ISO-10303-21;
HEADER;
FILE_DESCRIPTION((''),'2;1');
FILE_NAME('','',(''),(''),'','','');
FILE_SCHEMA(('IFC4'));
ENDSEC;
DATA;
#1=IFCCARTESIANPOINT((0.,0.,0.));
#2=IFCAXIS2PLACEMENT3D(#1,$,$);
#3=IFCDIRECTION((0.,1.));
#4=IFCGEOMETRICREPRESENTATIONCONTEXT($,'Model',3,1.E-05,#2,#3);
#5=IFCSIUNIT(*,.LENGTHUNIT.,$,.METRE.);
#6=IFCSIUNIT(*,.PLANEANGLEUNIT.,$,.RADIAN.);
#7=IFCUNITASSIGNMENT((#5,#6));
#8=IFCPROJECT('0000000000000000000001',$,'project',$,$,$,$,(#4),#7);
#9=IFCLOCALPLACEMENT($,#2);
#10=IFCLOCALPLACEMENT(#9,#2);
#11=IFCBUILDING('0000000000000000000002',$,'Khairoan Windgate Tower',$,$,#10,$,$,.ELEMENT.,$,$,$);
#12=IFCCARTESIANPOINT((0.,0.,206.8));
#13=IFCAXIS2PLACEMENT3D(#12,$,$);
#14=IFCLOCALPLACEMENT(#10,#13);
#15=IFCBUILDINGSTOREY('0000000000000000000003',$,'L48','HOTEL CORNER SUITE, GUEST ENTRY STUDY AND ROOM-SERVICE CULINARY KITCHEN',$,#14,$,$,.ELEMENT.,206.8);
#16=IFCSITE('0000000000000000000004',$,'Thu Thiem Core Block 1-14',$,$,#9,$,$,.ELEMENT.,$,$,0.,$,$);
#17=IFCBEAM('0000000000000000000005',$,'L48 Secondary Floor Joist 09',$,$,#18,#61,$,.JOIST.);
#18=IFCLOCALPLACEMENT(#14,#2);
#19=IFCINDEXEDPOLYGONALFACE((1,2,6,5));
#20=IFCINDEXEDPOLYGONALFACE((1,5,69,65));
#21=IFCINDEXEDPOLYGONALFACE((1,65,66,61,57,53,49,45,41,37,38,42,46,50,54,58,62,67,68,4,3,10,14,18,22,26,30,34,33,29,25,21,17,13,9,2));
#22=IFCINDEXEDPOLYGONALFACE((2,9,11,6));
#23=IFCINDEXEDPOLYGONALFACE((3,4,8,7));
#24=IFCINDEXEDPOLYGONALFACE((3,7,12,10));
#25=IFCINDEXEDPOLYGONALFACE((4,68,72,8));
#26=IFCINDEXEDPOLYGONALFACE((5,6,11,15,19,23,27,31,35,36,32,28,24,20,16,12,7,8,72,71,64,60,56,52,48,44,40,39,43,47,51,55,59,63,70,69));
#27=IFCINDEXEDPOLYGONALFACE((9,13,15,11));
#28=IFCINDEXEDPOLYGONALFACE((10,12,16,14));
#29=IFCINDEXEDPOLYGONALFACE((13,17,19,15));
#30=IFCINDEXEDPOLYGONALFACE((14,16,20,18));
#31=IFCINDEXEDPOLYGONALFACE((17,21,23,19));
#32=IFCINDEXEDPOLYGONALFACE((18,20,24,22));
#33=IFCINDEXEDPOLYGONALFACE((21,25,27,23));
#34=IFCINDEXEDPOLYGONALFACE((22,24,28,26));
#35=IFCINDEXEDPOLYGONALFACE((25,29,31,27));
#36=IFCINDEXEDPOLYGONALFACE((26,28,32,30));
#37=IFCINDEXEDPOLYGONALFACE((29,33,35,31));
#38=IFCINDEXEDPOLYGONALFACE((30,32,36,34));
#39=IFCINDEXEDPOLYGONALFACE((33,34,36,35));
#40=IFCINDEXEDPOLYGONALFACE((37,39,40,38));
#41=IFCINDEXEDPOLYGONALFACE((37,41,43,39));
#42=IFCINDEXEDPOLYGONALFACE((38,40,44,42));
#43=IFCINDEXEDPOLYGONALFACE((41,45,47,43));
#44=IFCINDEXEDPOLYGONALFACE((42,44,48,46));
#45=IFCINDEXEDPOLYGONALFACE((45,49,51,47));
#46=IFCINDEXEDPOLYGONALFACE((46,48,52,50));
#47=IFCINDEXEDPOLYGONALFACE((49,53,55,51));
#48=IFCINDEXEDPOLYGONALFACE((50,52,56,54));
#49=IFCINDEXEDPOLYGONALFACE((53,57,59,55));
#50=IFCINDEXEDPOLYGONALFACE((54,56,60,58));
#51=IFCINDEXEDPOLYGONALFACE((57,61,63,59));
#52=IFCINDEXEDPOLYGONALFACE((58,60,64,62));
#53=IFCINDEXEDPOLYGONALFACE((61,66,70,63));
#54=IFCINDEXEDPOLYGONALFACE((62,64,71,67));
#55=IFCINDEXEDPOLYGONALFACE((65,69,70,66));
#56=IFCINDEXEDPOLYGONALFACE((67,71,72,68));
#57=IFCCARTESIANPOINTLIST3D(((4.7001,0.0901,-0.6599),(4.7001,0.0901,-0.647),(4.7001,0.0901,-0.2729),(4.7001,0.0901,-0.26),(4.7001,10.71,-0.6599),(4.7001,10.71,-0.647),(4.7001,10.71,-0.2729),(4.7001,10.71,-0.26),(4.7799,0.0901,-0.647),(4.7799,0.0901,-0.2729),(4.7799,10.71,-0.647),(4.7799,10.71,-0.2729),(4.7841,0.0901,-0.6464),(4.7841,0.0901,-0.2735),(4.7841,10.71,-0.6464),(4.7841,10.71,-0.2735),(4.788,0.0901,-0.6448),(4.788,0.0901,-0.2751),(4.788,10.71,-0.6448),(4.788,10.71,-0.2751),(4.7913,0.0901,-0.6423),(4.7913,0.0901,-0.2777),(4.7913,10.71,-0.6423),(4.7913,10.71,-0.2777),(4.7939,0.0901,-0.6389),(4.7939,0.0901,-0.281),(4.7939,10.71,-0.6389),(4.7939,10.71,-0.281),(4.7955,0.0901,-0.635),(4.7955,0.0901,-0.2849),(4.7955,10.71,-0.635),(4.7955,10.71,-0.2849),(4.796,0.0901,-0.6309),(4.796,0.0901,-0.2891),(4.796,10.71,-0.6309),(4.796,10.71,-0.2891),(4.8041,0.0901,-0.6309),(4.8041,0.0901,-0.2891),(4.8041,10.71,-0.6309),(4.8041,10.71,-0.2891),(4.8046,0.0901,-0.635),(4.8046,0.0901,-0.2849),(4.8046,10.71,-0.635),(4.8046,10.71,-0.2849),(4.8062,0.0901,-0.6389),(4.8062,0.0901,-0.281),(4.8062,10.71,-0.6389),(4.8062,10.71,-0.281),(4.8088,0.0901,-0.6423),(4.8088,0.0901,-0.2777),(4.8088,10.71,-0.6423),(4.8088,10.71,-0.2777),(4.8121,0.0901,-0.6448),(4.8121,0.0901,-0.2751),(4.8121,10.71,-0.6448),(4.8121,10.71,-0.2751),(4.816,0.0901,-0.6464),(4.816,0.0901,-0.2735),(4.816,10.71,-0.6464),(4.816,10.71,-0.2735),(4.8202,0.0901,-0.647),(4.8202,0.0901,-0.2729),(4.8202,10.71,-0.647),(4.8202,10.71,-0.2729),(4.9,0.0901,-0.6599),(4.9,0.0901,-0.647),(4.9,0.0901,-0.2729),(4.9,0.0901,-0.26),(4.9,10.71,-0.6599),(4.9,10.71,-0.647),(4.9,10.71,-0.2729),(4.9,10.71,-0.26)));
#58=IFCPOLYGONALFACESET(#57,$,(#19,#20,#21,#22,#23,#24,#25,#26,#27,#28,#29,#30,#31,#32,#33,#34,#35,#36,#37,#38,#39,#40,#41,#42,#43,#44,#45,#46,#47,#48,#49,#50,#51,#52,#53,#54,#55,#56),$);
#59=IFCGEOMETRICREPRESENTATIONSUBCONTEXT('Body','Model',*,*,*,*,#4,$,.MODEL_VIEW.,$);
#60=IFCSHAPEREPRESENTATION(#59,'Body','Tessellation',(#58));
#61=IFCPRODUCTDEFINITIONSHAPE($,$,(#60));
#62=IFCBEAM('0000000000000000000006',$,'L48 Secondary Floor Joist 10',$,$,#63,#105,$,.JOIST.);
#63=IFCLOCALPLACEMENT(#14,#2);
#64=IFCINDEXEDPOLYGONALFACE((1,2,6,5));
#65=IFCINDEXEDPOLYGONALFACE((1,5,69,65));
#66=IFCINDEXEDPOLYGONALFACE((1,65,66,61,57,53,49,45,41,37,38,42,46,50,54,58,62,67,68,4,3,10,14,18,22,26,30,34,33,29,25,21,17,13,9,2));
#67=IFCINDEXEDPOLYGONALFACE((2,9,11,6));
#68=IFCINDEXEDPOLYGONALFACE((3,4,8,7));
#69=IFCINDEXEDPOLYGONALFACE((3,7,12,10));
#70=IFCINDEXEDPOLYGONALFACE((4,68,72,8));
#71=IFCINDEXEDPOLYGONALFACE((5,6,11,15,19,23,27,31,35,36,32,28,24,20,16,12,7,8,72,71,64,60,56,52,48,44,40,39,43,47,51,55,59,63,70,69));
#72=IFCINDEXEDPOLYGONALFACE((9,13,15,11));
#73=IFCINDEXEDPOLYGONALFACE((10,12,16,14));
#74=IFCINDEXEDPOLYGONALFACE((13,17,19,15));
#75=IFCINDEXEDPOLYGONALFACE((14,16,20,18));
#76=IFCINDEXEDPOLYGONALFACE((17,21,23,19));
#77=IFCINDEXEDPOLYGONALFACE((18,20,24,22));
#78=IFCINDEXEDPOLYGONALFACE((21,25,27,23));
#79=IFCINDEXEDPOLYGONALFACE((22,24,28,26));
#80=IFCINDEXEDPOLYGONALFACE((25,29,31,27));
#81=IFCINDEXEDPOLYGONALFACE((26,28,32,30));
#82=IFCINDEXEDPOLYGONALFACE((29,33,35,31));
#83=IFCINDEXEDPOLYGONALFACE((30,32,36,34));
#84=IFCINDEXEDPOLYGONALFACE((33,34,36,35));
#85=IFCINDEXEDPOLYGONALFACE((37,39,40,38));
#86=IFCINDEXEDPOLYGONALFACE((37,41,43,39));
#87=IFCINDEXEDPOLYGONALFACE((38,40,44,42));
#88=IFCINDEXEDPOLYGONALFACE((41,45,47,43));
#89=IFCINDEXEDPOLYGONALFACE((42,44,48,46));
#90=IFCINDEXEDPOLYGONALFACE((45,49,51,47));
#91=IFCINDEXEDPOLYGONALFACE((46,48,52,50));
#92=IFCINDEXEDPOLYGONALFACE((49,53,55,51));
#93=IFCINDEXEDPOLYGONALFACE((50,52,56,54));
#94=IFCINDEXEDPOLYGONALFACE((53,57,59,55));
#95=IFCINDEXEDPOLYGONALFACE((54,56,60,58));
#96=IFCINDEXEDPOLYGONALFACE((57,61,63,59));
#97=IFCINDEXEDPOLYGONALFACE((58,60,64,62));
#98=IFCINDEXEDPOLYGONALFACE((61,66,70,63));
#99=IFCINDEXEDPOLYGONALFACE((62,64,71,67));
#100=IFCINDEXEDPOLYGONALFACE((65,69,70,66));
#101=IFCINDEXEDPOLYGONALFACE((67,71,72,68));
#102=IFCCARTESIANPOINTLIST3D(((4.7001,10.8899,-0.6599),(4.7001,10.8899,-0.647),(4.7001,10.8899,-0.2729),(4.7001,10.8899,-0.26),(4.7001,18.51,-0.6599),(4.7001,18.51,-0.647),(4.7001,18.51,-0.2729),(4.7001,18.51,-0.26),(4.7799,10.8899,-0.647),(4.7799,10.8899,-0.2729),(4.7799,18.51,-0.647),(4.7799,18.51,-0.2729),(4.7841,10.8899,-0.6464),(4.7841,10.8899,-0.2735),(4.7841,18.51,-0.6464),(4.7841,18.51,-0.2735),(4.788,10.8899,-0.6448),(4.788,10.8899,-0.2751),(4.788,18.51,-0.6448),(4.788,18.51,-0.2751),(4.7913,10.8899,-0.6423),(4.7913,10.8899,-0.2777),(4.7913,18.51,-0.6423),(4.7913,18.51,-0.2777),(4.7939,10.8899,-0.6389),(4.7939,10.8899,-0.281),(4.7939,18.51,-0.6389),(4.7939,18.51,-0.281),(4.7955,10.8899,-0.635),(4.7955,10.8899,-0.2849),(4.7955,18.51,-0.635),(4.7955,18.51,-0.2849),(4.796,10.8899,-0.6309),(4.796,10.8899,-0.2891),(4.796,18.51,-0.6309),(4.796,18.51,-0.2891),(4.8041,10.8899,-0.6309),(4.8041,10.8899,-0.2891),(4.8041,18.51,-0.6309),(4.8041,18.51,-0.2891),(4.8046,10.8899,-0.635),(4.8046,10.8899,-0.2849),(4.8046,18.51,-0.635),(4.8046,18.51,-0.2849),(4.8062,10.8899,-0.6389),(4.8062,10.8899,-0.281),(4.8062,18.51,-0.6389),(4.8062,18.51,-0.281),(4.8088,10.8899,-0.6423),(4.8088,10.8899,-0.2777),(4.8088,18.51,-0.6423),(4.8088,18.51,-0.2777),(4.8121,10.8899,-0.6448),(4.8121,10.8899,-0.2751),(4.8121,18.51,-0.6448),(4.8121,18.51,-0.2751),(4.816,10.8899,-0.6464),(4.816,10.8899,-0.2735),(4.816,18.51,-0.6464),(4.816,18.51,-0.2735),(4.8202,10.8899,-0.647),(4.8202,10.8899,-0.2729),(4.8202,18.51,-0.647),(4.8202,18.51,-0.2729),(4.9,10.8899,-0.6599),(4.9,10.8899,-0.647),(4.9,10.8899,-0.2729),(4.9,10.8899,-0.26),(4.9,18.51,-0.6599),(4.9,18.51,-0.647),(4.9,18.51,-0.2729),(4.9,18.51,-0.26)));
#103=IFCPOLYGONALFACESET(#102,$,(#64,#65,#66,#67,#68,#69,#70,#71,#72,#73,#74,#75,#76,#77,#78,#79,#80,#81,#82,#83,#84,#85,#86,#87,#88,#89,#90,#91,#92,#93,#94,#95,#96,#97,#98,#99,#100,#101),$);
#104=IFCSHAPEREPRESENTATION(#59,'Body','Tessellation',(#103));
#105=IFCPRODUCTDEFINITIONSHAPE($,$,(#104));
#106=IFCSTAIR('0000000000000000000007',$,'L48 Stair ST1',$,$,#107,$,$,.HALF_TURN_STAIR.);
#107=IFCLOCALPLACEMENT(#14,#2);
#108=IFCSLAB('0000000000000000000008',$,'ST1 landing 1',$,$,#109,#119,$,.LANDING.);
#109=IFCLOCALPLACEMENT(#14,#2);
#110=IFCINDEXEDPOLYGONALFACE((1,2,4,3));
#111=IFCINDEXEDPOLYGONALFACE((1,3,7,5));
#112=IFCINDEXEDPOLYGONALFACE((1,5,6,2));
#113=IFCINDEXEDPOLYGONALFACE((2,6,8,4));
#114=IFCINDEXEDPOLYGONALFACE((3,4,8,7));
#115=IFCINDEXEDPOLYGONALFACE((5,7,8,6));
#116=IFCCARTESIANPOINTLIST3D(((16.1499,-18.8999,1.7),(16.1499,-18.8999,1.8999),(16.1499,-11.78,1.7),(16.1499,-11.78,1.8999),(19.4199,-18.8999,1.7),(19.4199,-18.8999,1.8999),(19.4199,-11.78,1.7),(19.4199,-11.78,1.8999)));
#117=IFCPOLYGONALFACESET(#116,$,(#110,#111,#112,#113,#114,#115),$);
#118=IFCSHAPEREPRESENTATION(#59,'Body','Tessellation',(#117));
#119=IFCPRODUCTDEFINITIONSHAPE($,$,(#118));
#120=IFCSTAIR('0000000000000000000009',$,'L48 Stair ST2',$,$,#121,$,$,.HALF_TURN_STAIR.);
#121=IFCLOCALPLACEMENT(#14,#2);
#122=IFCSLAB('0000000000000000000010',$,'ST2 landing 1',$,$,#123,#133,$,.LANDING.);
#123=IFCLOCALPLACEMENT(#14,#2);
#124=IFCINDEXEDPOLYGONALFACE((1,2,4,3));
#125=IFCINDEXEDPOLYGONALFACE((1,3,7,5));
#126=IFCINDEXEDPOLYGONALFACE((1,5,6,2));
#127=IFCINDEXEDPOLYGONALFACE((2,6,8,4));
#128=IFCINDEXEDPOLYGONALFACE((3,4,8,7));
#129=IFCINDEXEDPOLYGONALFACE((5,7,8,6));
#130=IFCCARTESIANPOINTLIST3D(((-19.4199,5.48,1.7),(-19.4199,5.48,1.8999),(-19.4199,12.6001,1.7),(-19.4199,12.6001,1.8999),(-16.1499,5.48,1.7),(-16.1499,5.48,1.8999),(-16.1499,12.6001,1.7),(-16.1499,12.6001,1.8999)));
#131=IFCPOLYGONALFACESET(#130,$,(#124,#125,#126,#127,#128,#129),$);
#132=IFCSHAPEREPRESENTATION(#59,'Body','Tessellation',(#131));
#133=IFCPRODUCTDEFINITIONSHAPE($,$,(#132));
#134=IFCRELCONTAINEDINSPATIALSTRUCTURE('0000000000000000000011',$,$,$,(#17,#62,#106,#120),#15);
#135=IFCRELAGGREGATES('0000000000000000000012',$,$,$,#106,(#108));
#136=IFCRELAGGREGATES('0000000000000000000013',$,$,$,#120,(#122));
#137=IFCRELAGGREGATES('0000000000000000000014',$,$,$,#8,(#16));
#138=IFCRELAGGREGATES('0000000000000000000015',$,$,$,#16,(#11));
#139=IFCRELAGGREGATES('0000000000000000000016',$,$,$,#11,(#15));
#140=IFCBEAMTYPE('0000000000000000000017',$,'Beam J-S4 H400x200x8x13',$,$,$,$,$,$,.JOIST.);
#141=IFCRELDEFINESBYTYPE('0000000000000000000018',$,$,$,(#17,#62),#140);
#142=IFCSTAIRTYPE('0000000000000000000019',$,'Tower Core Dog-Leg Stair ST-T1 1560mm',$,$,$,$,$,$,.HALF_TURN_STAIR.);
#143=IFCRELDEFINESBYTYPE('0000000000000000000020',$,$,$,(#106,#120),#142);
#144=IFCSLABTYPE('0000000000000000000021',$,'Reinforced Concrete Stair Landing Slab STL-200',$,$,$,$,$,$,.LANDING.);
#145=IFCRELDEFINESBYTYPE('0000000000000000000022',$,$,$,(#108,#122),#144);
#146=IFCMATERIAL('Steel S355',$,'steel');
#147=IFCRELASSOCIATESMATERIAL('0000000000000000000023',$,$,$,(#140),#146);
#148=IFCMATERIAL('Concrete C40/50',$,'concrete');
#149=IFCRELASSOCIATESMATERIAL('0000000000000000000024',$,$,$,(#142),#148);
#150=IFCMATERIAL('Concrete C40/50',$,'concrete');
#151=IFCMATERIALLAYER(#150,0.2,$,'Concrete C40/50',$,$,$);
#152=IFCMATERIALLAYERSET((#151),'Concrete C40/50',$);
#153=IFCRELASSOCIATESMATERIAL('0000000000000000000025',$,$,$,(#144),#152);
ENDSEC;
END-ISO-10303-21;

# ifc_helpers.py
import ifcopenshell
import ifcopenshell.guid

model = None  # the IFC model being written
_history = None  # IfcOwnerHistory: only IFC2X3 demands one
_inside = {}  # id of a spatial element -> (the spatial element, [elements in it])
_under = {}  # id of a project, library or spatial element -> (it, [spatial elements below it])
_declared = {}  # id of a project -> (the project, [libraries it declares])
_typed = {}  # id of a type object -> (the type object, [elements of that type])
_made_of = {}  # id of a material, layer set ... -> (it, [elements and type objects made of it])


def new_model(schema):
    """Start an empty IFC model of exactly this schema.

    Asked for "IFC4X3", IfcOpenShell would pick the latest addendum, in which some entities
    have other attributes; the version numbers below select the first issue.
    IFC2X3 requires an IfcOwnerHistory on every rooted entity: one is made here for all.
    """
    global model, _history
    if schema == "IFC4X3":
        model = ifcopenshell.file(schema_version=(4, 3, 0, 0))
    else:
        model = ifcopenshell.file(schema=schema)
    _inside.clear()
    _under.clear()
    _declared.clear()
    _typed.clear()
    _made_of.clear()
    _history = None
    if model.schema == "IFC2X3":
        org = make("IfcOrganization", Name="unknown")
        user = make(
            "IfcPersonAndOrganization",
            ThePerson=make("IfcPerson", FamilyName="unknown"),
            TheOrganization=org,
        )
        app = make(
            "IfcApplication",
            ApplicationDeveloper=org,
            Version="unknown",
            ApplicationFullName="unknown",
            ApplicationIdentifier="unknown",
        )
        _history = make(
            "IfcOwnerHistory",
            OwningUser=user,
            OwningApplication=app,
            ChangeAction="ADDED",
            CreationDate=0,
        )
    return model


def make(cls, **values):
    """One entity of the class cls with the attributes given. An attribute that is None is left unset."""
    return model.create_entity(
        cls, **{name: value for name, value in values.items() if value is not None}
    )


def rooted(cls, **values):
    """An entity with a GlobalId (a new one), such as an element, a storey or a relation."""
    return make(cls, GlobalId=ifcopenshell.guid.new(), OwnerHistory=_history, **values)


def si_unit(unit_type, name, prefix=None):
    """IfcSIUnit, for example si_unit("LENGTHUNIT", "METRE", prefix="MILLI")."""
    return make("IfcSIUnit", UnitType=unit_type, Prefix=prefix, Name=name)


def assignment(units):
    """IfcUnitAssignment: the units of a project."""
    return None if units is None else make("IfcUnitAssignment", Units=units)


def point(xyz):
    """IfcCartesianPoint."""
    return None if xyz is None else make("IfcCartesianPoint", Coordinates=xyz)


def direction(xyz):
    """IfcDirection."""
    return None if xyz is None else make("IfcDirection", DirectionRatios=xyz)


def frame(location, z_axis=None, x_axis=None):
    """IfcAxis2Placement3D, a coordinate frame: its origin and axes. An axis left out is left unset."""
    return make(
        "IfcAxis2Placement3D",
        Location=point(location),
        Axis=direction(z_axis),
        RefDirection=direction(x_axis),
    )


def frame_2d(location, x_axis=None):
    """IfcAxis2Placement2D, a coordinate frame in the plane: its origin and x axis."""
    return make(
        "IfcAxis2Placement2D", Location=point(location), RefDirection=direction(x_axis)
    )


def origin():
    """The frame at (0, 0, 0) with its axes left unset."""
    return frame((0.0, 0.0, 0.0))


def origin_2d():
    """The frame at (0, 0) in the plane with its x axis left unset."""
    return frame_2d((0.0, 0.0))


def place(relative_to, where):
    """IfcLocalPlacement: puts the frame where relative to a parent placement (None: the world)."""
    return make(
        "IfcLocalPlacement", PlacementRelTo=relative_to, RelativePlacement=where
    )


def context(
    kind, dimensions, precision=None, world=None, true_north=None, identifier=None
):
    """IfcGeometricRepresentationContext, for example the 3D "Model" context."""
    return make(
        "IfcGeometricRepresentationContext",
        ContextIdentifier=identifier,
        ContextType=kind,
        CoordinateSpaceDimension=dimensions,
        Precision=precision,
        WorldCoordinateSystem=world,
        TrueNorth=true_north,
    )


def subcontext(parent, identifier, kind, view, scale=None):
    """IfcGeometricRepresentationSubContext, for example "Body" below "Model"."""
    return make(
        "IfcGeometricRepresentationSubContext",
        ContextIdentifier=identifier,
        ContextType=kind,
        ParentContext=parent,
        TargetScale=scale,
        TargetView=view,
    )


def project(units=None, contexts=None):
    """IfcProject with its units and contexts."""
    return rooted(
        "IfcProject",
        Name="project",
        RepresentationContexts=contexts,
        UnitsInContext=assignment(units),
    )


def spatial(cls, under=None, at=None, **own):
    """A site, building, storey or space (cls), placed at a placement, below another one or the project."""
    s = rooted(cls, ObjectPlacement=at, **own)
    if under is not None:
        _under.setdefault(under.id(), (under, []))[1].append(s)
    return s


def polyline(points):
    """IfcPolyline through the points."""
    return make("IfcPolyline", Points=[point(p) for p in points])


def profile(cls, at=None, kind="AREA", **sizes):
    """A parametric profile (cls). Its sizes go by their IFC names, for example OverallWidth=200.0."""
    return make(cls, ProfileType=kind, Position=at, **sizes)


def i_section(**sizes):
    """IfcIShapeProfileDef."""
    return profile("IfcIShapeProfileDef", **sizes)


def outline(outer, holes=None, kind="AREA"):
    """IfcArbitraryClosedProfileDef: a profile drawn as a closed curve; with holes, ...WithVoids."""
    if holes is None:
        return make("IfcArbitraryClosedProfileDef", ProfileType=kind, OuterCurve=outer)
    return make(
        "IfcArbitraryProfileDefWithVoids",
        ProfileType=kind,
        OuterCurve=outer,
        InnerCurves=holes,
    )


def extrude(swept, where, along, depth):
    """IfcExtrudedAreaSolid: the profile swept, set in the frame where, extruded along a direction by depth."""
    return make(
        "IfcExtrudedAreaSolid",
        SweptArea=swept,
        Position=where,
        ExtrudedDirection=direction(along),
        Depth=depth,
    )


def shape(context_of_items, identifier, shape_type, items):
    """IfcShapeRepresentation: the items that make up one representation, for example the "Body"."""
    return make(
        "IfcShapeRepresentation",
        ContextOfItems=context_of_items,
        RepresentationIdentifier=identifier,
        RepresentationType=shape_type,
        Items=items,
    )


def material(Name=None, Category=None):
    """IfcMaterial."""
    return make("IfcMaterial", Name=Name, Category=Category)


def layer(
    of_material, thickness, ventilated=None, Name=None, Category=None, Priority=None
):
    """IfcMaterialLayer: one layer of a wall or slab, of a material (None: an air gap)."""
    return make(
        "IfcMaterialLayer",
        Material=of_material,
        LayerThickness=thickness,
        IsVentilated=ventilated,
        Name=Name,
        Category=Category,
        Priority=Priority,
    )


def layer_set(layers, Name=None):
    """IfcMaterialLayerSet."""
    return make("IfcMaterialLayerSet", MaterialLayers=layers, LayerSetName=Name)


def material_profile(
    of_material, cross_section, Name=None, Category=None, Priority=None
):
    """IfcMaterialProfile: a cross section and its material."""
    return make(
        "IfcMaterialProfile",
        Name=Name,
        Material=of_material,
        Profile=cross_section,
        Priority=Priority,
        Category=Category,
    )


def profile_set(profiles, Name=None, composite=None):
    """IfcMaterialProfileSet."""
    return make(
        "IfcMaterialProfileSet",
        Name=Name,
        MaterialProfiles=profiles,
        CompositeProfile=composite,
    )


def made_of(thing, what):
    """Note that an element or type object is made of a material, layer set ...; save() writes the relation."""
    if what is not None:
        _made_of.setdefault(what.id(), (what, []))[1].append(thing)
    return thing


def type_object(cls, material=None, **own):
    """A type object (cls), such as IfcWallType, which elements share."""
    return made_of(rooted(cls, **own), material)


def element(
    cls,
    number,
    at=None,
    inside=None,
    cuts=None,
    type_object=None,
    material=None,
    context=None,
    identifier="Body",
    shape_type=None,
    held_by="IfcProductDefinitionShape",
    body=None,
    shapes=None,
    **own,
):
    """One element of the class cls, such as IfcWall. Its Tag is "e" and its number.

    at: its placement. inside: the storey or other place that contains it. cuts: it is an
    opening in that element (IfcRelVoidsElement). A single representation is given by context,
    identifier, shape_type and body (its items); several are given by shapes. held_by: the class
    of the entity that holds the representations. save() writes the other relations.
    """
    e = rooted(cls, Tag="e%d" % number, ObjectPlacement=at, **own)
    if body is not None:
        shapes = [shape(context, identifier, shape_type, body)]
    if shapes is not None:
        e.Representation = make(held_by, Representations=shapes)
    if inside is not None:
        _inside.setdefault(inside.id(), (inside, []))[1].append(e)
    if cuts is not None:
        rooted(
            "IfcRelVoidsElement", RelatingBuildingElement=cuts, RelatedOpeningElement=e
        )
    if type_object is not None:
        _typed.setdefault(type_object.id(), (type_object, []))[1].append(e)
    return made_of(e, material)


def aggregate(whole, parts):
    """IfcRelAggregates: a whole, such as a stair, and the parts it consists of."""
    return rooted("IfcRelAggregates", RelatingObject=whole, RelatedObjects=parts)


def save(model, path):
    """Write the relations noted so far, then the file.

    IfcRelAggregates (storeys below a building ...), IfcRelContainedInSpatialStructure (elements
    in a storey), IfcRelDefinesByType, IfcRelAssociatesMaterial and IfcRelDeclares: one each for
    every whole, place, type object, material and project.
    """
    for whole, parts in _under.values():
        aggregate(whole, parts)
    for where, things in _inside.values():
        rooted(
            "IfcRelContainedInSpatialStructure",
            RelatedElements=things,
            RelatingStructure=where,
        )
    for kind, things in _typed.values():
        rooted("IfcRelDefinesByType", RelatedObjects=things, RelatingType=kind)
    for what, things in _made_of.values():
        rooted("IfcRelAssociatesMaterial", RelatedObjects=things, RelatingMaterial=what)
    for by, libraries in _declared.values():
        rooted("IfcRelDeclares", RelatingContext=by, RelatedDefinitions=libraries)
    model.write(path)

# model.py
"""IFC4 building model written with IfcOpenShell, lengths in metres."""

from ifc_helpers import new_model, si_unit, direction, frame, origin, origin_2d, place, context, subcontext, project, spatial, polyline, i_section, outline, extrude, material, layer, layer_set, material_profile, profile_set, type_object, element, aggregate, save


model = new_model("IFC4")

# Units and contexts
model_context = context("Model", 3, precision=1e-05, world=origin(), true_north=direction((0.0, 1.0)))
body_context = subcontext(model_context, "Body", "Model", "MODEL_VIEW")
ifc_project = project(units=[si_unit("LENGTHUNIT", "METRE"), si_unit("PLANEANGLEUNIT", "RADIAN")], contexts=[model_context])

# Site, building, storey
site_placement = place(None, origin())
site = spatial("IfcSite", under=ifc_project, at=site_placement, Name="Thu Thiem Core Block 1-14", CompositionType="ELEMENT", RefElevation=0.0)
building_placement = place(site_placement, origin())
building = spatial("IfcBuilding", under=site, at=building_placement, Name="Khairoan Windgate Tower", CompositionType="ELEMENT")
storey_placement = place(building_placement, frame((0.0, 0.0, 206.8)))
storey = spatial("IfcBuildingStorey", under=building, at=storey_placement, Name="L48", Description="HOTEL CORNER SUITE, GUEST ENTRY STUDY AND ROOM-SERVICE CULINARY KITCHEN", CompositionType="ELEMENT", Elevation=206.8)

# Beams
ifc_material_1 = material(Name="Steel S355", Category="steel")
ifc_material_profile_1 = material_profile(ifc_material_1, i_section(OverallWidth=0.2, OverallDepth=0.3999, WebThickness=0.0081, FlangeThickness=0.0129, FilletRadius=0.0161, at=origin_2d()))
ifc_profile_set_1 = profile_set([ifc_material_profile_1], Name="Steel S355")
beam_type_1 = type_object("IfcBeamType", Name="Beam J-S4 H400x200x8x13", PredefinedType="JOIST", material=ifc_profile_set_1)
beam_1_placement = place(storey_placement, frame((4.8, 0.0901, -0.46), z_axis=(0.0, 1.0, 0.0), x_axis=(-1.0, 0.0, 0.0)))
element("IfcBeam", 1, at=beam_1_placement, inside=storey, type_object=beam_type_1, Name="L48 Secondary Floor Joist 09", PredefinedType="JOIST", context=body_context, shape_type="SweptSolid", body=[
    extrude(i_section(OverallWidth=0.2, OverallDepth=0.3999, WebThickness=0.0081, FlangeThickness=0.0129, FilletRadius=0.0161, at=origin_2d()), origin(), (0.0, 0.0, 1.0), 10.6199),
])
beam_2_placement = place(storey_placement, frame((4.8, 10.8899, -0.46), z_axis=(0.0, 1.0, 0.0), x_axis=(-1.0, 0.0, 0.0)))
element("IfcBeam", 2, at=beam_2_placement, inside=storey, type_object=beam_type_1, Name="L48 Secondary Floor Joist 10", PredefinedType="JOIST", context=body_context, shape_type="SweptSolid", body=[
    extrude(i_section(OverallWidth=0.2, OverallDepth=0.3999, WebThickness=0.0081, FlangeThickness=0.0129, FilletRadius=0.0161, at=origin_2d()), origin(), (0.0, 0.0, 1.0), 7.6201),
])

# Stairs, slabs
ifc_material_2 = material(Name="Concrete C40/50", Category="concrete")
stair_type = type_object("IfcStairType", Name="Tower Core Dog-Leg Stair ST-T1 1560mm", PredefinedType="HALF_TURN_STAIR", material=ifc_material_2)
stair_1_placement = place(storey_placement, origin())
stair_1 = element("IfcStair", 3, at=stair_1_placement, inside=storey, type_object=stair_type, Name="L48 Stair ST1", PredefinedType="HALF_TURN_STAIR")
ifc_material_3 = material(Name="Concrete C40/50", Category="concrete")
ifc_layer_1 = layer(ifc_material_3, 0.2, Name="Concrete C40/50")
ifc_layer_set_1 = layer_set([ifc_layer_1], Name="Concrete C40/50")
slab_type_1 = type_object("IfcSlabType", Name="Reinforced Concrete Stair Landing Slab STL-200", PredefinedType="LANDING", material=ifc_layer_set_1)
slab_1_placement = place(storey_placement, frame((0.0, 0.0, 1.7)))
slab_1 = element("IfcSlab", 4, at=slab_1_placement, type_object=slab_type_1, Name="ST1 landing 1", PredefinedType="LANDING", context=body_context, shape_type="SweptSolid", body=[
    extrude(outline(polyline([(16.1499, -11.78), (16.1499, -18.8999), (19.4199, -18.8999), (19.4199, -11.78), (16.1499, -11.78)])), origin(), (0.0, 0.0, 1.0), 0.2),
])
aggregate(stair_1, [slab_1])
stair_2_placement = place(storey_placement, origin())
stair_2 = element("IfcStair", 5, at=stair_2_placement, inside=storey, type_object=stair_type, Name="L48 Stair ST2", PredefinedType="HALF_TURN_STAIR")
slab_2_placement = place(storey_placement, frame((0.0, 0.0, 1.7)))
slab_2 = element("IfcSlab", 6, at=slab_2_placement, type_object=slab_type_1, Name="ST2 landing 1", PredefinedType="LANDING", context=body_context, shape_type="SweptSolid", body=[
    extrude(outline(polyline([(-16.1499, 5.48), (-16.1499, 12.6001), (-19.4199, 12.6001), (-19.4199, 5.48), (-16.1499, 5.48)])), origin(), (0.0, 0.0, 1.0), 0.2),
])
aggregate(stair_2, [slab_2])

save(model, "model.ifc")
